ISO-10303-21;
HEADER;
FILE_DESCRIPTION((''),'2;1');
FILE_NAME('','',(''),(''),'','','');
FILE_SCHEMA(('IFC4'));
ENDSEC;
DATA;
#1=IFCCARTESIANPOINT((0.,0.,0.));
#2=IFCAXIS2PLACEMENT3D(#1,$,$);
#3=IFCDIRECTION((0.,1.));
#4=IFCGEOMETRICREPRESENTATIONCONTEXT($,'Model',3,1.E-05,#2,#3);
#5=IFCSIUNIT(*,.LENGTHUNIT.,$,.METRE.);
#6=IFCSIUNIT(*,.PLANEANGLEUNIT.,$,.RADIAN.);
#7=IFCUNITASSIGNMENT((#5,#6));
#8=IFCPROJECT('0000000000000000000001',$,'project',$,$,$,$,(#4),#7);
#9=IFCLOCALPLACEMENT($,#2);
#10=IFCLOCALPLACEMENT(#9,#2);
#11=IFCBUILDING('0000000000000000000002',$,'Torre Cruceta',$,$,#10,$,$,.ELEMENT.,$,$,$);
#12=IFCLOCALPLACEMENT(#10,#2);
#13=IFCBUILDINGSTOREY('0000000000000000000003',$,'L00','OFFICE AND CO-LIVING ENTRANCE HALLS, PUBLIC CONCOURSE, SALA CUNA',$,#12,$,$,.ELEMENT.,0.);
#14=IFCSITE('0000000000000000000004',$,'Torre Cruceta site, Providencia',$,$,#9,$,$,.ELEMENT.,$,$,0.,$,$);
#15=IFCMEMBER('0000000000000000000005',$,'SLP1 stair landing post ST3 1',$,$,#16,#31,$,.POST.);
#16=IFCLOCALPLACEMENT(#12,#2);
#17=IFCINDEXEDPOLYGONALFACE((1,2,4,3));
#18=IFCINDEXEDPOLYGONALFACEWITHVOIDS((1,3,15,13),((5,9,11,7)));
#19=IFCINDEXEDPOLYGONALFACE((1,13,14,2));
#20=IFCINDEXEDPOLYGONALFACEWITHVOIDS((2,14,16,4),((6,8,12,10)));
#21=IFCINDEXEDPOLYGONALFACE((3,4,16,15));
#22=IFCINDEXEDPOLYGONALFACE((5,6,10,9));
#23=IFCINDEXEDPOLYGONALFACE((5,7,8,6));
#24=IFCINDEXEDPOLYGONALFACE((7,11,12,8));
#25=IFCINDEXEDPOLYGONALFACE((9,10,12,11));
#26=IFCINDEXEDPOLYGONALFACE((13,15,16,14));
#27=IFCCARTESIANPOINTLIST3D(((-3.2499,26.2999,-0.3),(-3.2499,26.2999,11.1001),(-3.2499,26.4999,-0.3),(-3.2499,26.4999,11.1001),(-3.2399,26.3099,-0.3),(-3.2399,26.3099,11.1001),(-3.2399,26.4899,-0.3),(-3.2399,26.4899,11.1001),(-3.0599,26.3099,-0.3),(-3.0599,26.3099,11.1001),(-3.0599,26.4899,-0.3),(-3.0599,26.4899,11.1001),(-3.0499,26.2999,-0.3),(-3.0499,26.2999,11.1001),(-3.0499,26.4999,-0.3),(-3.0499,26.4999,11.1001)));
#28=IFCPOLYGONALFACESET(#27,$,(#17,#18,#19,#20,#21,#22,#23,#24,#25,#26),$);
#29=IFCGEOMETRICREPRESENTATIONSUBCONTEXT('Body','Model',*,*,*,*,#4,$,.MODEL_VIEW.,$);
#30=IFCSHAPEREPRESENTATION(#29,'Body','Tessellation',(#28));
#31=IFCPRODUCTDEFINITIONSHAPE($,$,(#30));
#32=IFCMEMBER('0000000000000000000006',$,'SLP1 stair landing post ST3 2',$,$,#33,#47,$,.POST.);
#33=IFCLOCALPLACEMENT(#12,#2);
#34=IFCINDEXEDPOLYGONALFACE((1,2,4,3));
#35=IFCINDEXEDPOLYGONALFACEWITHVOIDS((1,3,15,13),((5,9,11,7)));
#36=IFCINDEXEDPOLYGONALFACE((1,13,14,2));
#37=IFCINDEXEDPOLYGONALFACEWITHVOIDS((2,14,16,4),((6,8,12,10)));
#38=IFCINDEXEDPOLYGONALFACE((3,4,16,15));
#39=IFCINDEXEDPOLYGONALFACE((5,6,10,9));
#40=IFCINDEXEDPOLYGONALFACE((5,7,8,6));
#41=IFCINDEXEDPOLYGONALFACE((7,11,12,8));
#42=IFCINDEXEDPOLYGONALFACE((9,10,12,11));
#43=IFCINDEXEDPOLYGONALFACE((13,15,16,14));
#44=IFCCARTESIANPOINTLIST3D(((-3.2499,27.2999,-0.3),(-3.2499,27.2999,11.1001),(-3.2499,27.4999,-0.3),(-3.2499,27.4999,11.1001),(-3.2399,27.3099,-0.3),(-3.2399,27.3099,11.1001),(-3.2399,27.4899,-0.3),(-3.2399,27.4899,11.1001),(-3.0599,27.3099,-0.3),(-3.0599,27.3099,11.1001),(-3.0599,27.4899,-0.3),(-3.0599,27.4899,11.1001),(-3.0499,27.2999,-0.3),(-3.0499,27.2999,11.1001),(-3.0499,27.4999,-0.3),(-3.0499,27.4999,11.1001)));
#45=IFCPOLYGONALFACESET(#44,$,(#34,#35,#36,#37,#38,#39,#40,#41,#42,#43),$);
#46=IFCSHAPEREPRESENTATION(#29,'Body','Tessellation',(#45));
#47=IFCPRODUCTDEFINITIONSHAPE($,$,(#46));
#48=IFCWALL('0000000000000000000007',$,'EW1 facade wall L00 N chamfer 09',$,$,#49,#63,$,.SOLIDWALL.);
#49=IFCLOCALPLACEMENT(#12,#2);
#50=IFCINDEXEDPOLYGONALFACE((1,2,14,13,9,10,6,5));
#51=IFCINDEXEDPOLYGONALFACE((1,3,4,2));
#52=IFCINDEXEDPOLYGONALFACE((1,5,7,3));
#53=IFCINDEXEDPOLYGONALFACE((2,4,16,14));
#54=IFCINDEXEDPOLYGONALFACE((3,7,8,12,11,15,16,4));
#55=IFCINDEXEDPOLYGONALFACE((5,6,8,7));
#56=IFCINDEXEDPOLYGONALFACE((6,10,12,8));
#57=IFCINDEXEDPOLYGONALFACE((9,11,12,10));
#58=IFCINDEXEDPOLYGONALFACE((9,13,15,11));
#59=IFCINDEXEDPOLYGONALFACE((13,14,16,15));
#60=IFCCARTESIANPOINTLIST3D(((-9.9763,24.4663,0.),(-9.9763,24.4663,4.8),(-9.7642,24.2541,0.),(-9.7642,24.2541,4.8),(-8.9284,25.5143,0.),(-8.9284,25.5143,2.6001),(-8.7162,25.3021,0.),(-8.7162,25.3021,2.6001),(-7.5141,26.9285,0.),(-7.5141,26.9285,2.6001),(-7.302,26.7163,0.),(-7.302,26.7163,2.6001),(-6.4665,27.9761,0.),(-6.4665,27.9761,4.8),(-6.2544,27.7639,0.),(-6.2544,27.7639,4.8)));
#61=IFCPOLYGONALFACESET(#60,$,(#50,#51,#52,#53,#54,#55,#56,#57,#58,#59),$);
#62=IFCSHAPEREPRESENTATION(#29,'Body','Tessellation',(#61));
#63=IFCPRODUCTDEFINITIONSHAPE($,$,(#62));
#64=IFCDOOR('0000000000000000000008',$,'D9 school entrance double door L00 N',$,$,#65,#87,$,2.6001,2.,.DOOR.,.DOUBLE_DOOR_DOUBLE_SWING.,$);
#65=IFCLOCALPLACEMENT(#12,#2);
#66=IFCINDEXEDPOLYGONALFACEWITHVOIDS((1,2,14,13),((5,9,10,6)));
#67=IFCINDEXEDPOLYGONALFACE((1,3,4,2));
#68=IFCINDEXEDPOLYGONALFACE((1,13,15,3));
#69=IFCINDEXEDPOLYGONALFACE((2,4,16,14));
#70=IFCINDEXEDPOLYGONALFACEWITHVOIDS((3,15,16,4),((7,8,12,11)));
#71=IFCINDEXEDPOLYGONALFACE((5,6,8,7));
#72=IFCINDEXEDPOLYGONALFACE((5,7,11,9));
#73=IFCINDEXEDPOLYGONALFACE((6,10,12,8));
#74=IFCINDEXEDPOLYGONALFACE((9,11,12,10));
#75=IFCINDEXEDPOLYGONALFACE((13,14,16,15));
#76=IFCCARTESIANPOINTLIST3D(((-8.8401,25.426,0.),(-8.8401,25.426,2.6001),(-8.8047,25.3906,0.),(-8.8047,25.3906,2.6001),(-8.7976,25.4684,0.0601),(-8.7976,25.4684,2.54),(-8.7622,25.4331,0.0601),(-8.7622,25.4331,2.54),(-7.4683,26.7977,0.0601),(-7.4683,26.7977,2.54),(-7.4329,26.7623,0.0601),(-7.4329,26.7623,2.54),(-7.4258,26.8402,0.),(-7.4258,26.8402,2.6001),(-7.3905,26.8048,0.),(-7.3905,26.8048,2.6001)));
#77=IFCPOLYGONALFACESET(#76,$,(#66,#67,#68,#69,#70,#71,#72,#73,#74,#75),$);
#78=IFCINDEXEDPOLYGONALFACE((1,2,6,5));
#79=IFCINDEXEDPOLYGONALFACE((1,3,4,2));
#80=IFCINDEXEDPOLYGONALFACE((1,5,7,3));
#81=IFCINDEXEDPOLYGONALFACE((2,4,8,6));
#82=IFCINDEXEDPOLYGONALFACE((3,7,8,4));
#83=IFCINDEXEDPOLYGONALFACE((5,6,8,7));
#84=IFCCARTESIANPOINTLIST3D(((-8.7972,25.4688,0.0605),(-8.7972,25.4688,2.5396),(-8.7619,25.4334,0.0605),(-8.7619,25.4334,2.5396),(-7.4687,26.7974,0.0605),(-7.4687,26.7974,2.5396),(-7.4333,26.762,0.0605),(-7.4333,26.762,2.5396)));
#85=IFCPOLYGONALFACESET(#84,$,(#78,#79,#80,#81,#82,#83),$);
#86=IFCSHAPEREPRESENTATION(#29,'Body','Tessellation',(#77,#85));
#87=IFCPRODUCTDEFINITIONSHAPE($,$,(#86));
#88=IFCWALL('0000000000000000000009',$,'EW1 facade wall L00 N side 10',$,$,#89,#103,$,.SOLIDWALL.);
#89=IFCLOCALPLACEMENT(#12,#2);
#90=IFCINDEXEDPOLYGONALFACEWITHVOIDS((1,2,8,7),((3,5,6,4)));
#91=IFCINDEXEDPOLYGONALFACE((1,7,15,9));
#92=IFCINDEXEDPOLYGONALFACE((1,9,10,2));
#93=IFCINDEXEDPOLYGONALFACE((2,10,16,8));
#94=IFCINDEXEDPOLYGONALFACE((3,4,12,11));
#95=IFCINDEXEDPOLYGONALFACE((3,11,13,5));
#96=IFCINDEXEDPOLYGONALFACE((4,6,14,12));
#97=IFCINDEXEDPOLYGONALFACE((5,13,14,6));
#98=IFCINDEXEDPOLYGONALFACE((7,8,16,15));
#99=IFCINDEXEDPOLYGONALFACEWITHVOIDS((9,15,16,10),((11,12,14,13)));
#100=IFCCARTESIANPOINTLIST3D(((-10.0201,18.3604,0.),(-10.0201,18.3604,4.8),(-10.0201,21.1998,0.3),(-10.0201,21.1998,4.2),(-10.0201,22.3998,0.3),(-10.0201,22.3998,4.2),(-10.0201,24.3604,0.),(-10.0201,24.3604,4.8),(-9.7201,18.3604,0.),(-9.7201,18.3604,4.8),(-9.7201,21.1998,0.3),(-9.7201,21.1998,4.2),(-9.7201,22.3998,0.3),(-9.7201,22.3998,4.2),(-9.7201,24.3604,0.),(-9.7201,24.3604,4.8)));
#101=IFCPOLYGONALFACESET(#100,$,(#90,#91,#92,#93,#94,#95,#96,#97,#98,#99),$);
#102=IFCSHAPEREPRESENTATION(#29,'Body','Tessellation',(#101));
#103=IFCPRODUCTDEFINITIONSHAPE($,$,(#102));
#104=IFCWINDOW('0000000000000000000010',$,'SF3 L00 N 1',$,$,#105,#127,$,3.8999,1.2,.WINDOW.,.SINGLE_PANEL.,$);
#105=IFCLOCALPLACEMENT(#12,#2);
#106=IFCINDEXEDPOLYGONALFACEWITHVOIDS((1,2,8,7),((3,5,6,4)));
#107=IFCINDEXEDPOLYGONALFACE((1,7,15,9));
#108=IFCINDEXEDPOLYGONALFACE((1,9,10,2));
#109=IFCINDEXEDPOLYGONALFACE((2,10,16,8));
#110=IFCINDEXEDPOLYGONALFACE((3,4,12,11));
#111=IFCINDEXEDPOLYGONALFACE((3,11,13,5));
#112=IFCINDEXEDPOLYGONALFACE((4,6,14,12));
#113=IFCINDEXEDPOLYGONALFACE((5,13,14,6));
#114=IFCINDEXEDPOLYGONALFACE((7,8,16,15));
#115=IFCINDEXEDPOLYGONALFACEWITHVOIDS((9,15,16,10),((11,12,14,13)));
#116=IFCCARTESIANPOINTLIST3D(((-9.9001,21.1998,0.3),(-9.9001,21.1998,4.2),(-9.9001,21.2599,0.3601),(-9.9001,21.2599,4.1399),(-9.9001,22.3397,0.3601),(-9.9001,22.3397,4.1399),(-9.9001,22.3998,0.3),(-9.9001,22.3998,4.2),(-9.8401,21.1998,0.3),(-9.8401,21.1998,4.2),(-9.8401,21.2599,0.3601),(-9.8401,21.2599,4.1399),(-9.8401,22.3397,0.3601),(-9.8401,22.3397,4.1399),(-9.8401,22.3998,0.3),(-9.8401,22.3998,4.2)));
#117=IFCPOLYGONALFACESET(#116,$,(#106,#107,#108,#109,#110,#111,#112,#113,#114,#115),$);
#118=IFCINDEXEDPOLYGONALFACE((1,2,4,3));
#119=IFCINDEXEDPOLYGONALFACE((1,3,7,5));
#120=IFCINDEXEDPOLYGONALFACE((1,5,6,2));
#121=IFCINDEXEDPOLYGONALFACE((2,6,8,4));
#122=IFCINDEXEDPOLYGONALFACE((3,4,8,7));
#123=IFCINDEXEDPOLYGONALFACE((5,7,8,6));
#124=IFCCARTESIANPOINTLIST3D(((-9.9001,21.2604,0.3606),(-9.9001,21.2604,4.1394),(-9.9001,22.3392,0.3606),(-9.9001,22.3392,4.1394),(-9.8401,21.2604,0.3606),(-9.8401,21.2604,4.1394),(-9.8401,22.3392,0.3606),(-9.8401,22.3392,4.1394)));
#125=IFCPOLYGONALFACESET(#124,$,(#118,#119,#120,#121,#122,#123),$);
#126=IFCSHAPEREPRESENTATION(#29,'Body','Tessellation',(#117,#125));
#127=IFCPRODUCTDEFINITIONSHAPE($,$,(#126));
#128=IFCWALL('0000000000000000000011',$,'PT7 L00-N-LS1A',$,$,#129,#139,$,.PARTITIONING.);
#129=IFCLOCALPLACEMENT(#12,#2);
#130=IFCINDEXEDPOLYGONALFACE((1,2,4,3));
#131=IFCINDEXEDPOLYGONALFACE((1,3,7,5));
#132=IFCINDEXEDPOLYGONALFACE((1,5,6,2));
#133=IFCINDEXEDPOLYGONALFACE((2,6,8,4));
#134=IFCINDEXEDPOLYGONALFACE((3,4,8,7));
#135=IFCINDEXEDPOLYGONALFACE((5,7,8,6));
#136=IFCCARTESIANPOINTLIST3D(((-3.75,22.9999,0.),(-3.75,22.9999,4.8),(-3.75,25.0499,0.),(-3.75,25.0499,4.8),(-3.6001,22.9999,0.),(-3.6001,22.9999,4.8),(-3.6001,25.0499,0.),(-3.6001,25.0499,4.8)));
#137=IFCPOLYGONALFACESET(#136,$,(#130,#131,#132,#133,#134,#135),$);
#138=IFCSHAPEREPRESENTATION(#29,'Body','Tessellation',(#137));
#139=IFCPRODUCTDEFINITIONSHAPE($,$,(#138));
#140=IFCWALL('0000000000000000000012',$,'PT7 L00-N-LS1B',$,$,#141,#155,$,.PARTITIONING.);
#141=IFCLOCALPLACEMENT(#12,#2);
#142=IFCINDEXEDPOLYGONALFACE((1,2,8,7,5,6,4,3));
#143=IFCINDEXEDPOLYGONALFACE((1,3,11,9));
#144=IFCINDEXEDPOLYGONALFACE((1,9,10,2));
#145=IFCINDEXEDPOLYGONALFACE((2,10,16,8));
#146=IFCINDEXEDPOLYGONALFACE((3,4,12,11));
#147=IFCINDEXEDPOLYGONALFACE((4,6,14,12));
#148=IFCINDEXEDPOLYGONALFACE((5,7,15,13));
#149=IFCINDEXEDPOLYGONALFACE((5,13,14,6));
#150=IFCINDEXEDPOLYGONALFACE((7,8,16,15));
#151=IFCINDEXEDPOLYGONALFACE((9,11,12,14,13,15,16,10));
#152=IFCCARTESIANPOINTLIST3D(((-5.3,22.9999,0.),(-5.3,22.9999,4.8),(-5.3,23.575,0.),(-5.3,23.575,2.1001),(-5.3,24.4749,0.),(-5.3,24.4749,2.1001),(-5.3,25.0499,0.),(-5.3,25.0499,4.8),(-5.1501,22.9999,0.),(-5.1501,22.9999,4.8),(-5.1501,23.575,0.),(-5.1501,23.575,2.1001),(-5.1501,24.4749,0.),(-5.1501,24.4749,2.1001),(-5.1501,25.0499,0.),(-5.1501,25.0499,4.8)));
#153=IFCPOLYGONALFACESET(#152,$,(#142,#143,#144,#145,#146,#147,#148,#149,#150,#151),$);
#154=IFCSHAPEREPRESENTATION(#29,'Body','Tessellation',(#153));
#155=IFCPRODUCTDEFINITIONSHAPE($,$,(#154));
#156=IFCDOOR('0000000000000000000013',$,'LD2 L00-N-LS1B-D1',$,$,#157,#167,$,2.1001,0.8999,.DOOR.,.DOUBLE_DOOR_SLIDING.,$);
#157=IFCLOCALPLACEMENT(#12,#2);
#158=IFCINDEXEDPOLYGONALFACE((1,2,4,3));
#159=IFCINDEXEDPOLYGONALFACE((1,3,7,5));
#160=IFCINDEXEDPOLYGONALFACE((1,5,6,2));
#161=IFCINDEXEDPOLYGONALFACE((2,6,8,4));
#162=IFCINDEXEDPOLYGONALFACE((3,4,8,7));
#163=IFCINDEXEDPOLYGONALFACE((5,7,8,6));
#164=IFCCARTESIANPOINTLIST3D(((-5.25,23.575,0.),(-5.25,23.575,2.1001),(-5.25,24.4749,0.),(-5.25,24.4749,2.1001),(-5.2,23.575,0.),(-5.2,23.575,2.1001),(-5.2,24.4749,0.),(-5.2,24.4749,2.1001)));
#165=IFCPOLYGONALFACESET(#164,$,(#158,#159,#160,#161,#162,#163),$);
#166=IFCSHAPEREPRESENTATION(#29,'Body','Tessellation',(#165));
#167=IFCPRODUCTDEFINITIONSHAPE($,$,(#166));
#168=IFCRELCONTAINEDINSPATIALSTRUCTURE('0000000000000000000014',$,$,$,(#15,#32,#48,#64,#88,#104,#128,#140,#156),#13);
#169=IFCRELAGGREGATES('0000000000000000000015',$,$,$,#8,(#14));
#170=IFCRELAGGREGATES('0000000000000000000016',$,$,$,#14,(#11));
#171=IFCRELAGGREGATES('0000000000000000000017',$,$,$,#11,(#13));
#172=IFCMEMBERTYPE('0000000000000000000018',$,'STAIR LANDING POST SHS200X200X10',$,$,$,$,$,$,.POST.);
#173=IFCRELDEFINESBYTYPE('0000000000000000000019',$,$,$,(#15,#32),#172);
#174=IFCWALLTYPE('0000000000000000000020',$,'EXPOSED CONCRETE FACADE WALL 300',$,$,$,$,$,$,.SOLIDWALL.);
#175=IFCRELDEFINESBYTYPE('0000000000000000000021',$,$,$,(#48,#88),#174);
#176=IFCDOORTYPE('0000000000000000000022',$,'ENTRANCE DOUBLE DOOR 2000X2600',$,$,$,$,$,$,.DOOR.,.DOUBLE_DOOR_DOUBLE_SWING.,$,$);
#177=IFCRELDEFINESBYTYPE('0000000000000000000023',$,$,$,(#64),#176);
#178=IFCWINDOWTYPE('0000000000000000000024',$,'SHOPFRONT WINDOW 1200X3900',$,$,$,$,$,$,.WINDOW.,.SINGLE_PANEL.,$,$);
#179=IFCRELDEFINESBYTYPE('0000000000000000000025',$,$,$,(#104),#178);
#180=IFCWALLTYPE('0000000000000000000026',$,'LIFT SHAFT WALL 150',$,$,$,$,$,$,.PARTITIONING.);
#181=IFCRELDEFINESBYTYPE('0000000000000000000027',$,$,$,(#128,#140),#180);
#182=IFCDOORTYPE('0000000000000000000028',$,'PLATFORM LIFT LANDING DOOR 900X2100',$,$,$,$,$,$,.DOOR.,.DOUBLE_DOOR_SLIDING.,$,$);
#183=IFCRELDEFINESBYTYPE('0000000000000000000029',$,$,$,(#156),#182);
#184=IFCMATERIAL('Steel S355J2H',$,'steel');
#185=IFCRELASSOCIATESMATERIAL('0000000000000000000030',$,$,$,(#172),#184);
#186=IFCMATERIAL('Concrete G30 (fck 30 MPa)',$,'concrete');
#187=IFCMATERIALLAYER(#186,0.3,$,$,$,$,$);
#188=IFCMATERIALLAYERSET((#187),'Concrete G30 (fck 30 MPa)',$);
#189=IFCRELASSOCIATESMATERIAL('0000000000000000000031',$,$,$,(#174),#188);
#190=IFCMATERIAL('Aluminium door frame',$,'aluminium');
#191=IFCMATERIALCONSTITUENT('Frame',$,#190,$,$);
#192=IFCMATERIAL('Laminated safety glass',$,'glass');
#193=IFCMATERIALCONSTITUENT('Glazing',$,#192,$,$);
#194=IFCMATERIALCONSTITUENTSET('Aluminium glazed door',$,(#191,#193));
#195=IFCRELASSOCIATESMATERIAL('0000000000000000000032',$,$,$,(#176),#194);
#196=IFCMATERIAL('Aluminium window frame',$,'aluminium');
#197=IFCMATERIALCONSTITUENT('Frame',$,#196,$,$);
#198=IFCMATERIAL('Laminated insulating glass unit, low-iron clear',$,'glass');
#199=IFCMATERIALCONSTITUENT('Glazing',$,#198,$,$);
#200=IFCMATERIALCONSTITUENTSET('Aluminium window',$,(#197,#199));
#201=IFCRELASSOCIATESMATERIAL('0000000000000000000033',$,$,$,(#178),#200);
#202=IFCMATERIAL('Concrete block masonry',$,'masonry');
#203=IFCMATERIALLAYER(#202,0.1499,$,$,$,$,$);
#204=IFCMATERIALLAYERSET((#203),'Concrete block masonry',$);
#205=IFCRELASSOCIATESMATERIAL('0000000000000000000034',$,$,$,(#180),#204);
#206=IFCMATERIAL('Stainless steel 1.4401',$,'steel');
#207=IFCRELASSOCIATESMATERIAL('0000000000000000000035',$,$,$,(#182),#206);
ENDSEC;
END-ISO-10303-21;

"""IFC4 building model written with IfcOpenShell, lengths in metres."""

from ifc_helpers import new_model, si_unit, direction, frame, frame_2d, origin, origin_2d, place, context, subcontext, project, spatial, rectangle, hollow_rectangle, extrude, material, layer, layer_set, constituent, constituent_set, material_profile, profile_set, type_object, element, fill, save


model = new_model("IFC4")

# Units and contexts
model_context = context("Model", 3, precision=1e-05, world=origin(), true_north=direction((0.0, 1.0)))
body_context = subcontext(model_context, "Body", "Model", "MODEL_VIEW")
ifc_project = project(units=[si_unit("LENGTHUNIT", "METRE"), si_unit("PLANEANGLEUNIT", "RADIAN")], contexts=[model_context])

# Site, building, storey
site_placement = place(None, origin())
site = spatial("IfcSite", under=ifc_project, at=site_placement, Name="Torre Cruceta site, Providencia", CompositionType="ELEMENT", RefElevation=0.0)
building_placement = place(site_placement, origin())
building = spatial("IfcBuilding", under=site, at=building_placement, Name="Torre Cruceta", CompositionType="ELEMENT")
storey_placement = place(building_placement, origin())
storey = spatial("IfcBuildingStorey", under=building, at=storey_placement, Name="L00", Description="OFFICE AND CO-LIVING ENTRANCE HALLS, PUBLIC CONCOURSE, SALA CUNA", CompositionType="ELEMENT", Elevation=0.0)

# Members
ifc_material_1 = material(Name="Steel S355J2H", Category="steel")
ifc_material_profile_1 = material_profile(ifc_material_1, hollow_rectangle(XDim=0.2, YDim=0.2, WallThickness=0.01, at=origin_2d()), Name="SHS200X200X10")
ifc_profile_set_1 = profile_set([ifc_material_profile_1], Name="Steel S355J2H")
member_type_1 = type_object("IfcMemberType", Name="STAIR LANDING POST SHS200X200X10", PredefinedType="POST", material=ifc_profile_set_1)
for number, where, z_axis, x_axis, name in (
    (1, (-3.1499, 26.3999, -0.3), (0.0, 0.0, 1.0), (1.0, 0.0, 0.0), "SLP1 stair landing post ST3 1"),
    (2, (-3.1499, 27.3999, -0.3), (0.0, 0.0, 1.0), (1.0, 0.0, 0.0), "SLP1 stair landing post ST3 2"),
):
    element("IfcMember", number, at=place(storey_placement, frame(where, z_axis=z_axis, x_axis=x_axis)), inside=storey, type_object=member_type_1, Name=name, PredefinedType="POST", context=body_context, shape_type="SweptSolid", body=[
        extrude(hollow_rectangle(XDim=0.2, YDim=0.2, WallThickness=0.01, at=origin_2d()), origin(), (0.0, 0.0, 1.0), 11.4001),
    ])

# Wall, opening, door
ifc_material_2 = material(Name="Concrete G30 (fck 30 MPa)", Category="concrete")
ifc_layer_1 = layer(ifc_material_2, 0.3)
ifc_layer_set_1 = layer_set([ifc_layer_1], Name="Concrete G30 (fck 30 MPa)")
wall_type_1 = type_object("IfcWallType", Name="EXPOSED CONCRETE FACADE WALL 300", PredefinedType="SOLIDWALL", material=ifc_layer_set_1)
wall_1_placement = place(storey_placement, frame((-6.3604, 27.8701, 0.0), z_axis=(0.0, 0.0, 1.0), x_axis=(-0.707107, -0.707107, 0.0)))
wall_1 = element("IfcWall", 3, at=wall_1_placement, inside=storey, type_object=wall_type_1, Name="EW1 facade wall L00 N chamfer 09", PredefinedType="SOLIDWALL", context=body_context, shape_type="SweptSolid", body=[
    extrude(rectangle(XDim=4.9636, YDim=0.3, at=frame_2d((2.4819, 0.0))), origin(), (0.0, 0.0, 1.0), 4.8),
])
opening_1_placement = place(wall_1_placement, frame((1.4817, 0.0, 0.0)))
opening_1 = element("IfcOpeningElement", 4, at=opening_1_placement, cuts=wall_1, PredefinedType="OPENING", context=body_context, shape_type="SweptSolid", body=[
    extrude(rectangle(XDim=2.0, YDim=2.6001, at=frame_2d((1.0, 1.3))), frame((0.0, 0.1599, 0.0), z_axis=(0.0, -1.0, 0.0), x_axis=(1.0, 0.0, 0.0)), (0.0, 0.0, 1.0), 0.3201),
])
ifc_material_3 = material(Name="Aluminium door frame", Category="aluminium")
ifc_constituent_1 = constituent(ifc_material_3, Name="Frame")
ifc_material_4 = material(Name="Laminated safety glass", Category="glass")
ifc_constituent_2 = constituent(ifc_material_4, Name="Glazing")
ifc_constituent_set_1 = constituent_set(constituents=[ifc_constituent_1, ifc_constituent_2], Name="Aluminium glazed door")
door_type_1 = type_object("IfcDoorType", Name="ENTRANCE DOUBLE DOOR 2000X2600", OperationType="DOUBLE_DOOR_DOUBLE_SWING", PredefinedType="DOOR", material=ifc_constituent_set_1)
door_1_placement = place(opening_1_placement, origin())
door_1 = element("IfcDoor", 5, at=door_1_placement, inside=storey, type_object=door_type_1, Name="D9 school entrance double door L00 N", OperationType="DOUBLE_DOOR_DOUBLE_SWING", OverallHeight=2.6001, OverallWidth=2.0, PredefinedType="DOOR", context=body_context, shape_type="SweptSolid", body=[
    extrude(hollow_rectangle(XDim=2.0, YDim=2.6001, WallThickness=0.0601, at=frame_2d((1.0, 1.3))), frame((0.0, 0.0249, 0.0), z_axis=(0.0, -1.0, 0.0), x_axis=(1.0, 0.0, 0.0)), (0.0, 0.0, 1.0), 0.05),
    extrude(rectangle(XDim=1.8789, YDim=2.479, at=frame_2d((1.0, 1.3))), frame((0.0, 0.0249, 0.0), z_axis=(0.0, -1.0, 0.0), x_axis=(1.0, 0.0, 0.0)), (0.0, 0.0, 1.0), 0.05),
])
fill(opening_1, door_1)

# Wall, opening, window
wall_2_placement = place(storey_placement, frame((-9.8701, 24.3604, 0.0), z_axis=(0.0, 0.0, 1.0), x_axis=(0.0, -1.0, 0.0)))
wall_2 = element("IfcWall", 6, at=wall_2_placement, inside=storey, type_object=wall_type_1, Name="EW1 facade wall L00 N side 10", PredefinedType="SOLIDWALL", context=body_context, shape_type="SweptSolid", body=[
    extrude(rectangle(XDim=6.0, YDim=0.3, at=frame_2d((3.0, 0.0))), origin(), (0.0, 0.0, 1.0), 4.8),
])
opening_2_placement = place(wall_2_placement, frame((1.9604, 0.0, 0.3)))
opening_2 = element("IfcOpeningElement", 7, at=opening_2_placement, cuts=wall_2, PredefinedType="OPENING", context=body_context, shape_type="SweptSolid", body=[
    extrude(rectangle(XDim=1.2, YDim=3.8999, at=frame_2d((0.6001, 1.95))), frame((0.0, 0.1599, 0.0), z_axis=(0.0, -1.0, 0.0), x_axis=(1.0, 0.0, 0.0)), (0.0, 0.0, 1.0), 0.3201),
])
ifc_material_5 = material(Name="Aluminium window frame", Category="aluminium")
ifc_constituent_3 = constituent(ifc_material_5, Name="Frame")
ifc_material_6 = material(Name="Laminated insulating glass unit, low-iron clear", Category="glass")
ifc_constituent_4 = constituent(ifc_material_6, Name="Glazing")
ifc_constituent_set_2 = constituent_set(constituents=[ifc_constituent_3, ifc_constituent_4], Name="Aluminium window")
window_type = type_object("IfcWindowType", Name="SHOPFRONT WINDOW 1200X3900", PartitioningType="SINGLE_PANEL", PredefinedType="WINDOW", material=ifc_constituent_set_2)
window_placement = place(opening_2_placement, origin())
window = element("IfcWindow", 8, at=window_placement, inside=storey, type_object=window_type, Name="SF3 L00 N 1", OverallHeight=3.8999, OverallWidth=1.2, PartitioningType="SINGLE_PANEL", PredefinedType="WINDOW", context=body_context, shape_type="SweptSolid", body=[
    extrude(hollow_rectangle(XDim=1.2, YDim=3.8999, WallThickness=0.0601, at=frame_2d((0.6001, 1.95))), frame((0.0, 0.03, 0.0), z_axis=(0.0, -1.0, 0.0), x_axis=(1.0, 0.0, 0.0)), (0.0, 0.0, 1.0), 0.0601),
    extrude(rectangle(XDim=1.0789, YDim=3.7788, at=frame_2d((0.6001, 1.95))), frame((0.0, 0.03, 0.0), z_axis=(0.0, -1.0, 0.0), x_axis=(1.0, 0.0, 0.0)), (0.0, 0.0, 1.0), 0.0601),
])
fill(opening_2, window)

# Wall
ifc_material_7 = material(Name="Concrete block masonry", Category="masonry")
ifc_layer_2 = layer(ifc_material_7, 0.1499)
ifc_layer_set_2 = layer_set([ifc_layer_2], Name="Concrete block masonry")
wall_type_2 = type_object("IfcWallType", Name="LIFT SHAFT WALL 150", PredefinedType="PARTITIONING", material=ifc_layer_set_2)
wall_3_placement = place(storey_placement, frame((-3.675, 23.0, 0.0), z_axis=(0.0, 0.0, 1.0), x_axis=(0.0, 1.0, 0.0)))
element("IfcWall", 9, at=wall_3_placement, inside=storey, type_object=wall_type_2, Name="PT7 L00-N-LS1A", PredefinedType="PARTITIONING", context=body_context, shape_type="SweptSolid", body=[
    extrude(rectangle(XDim=2.05, YDim=0.1499, at=frame_2d((1.0249, 0.0))), origin(), (0.0, 0.0, 1.0), 4.8),
])

# Wall, opening, door
wall_4_placement = place(storey_placement, frame((-5.2251, 23.0, 0.0), z_axis=(0.0, 0.0, 1.0), x_axis=(0.0, 1.0, 0.0)))
wall_4 = element("IfcWall", 10, at=wall_4_placement, inside=storey, type_object=wall_type_2, Name="PT7 L00-N-LS1B", PredefinedType="PARTITIONING", context=body_context, shape_type="SweptSolid", body=[
    extrude(rectangle(XDim=2.05, YDim=0.1499, at=frame_2d((1.0249, 0.0))), origin(), (0.0, 0.0, 1.0), 4.8),
])
opening_3_placement = place(wall_4_placement, frame((0.575, 0.0, 0.0)))
opening_3 = element("IfcOpeningElement", 11, at=opening_3_placement, cuts=wall_4, PredefinedType="OPENING", context=body_context, shape_type="SweptSolid", body=[
    extrude(rectangle(XDim=0.8999, YDim=2.1001, at=frame_2d((0.45, 1.05))), frame((0.0, 0.085, 0.0), z_axis=(0.0, -1.0, 0.0), x_axis=(1.0, 0.0, 0.0)), (0.0, 0.0, 1.0), 0.1699),
])
ifc_material_8 = material(Name="Stainless steel 1.4401", Category="steel")
door_type_2 = type_object("IfcDoorType", Name="PLATFORM LIFT LANDING DOOR 900X2100", OperationType="DOUBLE_DOOR_SLIDING", PredefinedType="DOOR", material=ifc_material_8)
door_2_placement = place(opening_3_placement, origin())
door_2 = element("IfcDoor", 12, at=door_2_placement, inside=storey, type_object=door_type_2, Name="LD2 L00-N-LS1B-D1", OperationType="DOUBLE_DOOR_SLIDING", OverallHeight=2.1001, OverallWidth=0.8999, PredefinedType="DOOR", context=body_context, shape_type="SweptSolid", body=[
    extrude(rectangle(XDim=0.8999, YDim=2.1001, at=frame_2d((0.45, 1.05))), frame((0.0, 0.0249, 0.0), z_axis=(0.0, -1.0, 0.0), x_axis=(1.0, 0.0, 0.0)), (0.0, 0.0, 1.0), 0.05),
])
fill(opening_3, door_2)

save(model, "model.ifc")
